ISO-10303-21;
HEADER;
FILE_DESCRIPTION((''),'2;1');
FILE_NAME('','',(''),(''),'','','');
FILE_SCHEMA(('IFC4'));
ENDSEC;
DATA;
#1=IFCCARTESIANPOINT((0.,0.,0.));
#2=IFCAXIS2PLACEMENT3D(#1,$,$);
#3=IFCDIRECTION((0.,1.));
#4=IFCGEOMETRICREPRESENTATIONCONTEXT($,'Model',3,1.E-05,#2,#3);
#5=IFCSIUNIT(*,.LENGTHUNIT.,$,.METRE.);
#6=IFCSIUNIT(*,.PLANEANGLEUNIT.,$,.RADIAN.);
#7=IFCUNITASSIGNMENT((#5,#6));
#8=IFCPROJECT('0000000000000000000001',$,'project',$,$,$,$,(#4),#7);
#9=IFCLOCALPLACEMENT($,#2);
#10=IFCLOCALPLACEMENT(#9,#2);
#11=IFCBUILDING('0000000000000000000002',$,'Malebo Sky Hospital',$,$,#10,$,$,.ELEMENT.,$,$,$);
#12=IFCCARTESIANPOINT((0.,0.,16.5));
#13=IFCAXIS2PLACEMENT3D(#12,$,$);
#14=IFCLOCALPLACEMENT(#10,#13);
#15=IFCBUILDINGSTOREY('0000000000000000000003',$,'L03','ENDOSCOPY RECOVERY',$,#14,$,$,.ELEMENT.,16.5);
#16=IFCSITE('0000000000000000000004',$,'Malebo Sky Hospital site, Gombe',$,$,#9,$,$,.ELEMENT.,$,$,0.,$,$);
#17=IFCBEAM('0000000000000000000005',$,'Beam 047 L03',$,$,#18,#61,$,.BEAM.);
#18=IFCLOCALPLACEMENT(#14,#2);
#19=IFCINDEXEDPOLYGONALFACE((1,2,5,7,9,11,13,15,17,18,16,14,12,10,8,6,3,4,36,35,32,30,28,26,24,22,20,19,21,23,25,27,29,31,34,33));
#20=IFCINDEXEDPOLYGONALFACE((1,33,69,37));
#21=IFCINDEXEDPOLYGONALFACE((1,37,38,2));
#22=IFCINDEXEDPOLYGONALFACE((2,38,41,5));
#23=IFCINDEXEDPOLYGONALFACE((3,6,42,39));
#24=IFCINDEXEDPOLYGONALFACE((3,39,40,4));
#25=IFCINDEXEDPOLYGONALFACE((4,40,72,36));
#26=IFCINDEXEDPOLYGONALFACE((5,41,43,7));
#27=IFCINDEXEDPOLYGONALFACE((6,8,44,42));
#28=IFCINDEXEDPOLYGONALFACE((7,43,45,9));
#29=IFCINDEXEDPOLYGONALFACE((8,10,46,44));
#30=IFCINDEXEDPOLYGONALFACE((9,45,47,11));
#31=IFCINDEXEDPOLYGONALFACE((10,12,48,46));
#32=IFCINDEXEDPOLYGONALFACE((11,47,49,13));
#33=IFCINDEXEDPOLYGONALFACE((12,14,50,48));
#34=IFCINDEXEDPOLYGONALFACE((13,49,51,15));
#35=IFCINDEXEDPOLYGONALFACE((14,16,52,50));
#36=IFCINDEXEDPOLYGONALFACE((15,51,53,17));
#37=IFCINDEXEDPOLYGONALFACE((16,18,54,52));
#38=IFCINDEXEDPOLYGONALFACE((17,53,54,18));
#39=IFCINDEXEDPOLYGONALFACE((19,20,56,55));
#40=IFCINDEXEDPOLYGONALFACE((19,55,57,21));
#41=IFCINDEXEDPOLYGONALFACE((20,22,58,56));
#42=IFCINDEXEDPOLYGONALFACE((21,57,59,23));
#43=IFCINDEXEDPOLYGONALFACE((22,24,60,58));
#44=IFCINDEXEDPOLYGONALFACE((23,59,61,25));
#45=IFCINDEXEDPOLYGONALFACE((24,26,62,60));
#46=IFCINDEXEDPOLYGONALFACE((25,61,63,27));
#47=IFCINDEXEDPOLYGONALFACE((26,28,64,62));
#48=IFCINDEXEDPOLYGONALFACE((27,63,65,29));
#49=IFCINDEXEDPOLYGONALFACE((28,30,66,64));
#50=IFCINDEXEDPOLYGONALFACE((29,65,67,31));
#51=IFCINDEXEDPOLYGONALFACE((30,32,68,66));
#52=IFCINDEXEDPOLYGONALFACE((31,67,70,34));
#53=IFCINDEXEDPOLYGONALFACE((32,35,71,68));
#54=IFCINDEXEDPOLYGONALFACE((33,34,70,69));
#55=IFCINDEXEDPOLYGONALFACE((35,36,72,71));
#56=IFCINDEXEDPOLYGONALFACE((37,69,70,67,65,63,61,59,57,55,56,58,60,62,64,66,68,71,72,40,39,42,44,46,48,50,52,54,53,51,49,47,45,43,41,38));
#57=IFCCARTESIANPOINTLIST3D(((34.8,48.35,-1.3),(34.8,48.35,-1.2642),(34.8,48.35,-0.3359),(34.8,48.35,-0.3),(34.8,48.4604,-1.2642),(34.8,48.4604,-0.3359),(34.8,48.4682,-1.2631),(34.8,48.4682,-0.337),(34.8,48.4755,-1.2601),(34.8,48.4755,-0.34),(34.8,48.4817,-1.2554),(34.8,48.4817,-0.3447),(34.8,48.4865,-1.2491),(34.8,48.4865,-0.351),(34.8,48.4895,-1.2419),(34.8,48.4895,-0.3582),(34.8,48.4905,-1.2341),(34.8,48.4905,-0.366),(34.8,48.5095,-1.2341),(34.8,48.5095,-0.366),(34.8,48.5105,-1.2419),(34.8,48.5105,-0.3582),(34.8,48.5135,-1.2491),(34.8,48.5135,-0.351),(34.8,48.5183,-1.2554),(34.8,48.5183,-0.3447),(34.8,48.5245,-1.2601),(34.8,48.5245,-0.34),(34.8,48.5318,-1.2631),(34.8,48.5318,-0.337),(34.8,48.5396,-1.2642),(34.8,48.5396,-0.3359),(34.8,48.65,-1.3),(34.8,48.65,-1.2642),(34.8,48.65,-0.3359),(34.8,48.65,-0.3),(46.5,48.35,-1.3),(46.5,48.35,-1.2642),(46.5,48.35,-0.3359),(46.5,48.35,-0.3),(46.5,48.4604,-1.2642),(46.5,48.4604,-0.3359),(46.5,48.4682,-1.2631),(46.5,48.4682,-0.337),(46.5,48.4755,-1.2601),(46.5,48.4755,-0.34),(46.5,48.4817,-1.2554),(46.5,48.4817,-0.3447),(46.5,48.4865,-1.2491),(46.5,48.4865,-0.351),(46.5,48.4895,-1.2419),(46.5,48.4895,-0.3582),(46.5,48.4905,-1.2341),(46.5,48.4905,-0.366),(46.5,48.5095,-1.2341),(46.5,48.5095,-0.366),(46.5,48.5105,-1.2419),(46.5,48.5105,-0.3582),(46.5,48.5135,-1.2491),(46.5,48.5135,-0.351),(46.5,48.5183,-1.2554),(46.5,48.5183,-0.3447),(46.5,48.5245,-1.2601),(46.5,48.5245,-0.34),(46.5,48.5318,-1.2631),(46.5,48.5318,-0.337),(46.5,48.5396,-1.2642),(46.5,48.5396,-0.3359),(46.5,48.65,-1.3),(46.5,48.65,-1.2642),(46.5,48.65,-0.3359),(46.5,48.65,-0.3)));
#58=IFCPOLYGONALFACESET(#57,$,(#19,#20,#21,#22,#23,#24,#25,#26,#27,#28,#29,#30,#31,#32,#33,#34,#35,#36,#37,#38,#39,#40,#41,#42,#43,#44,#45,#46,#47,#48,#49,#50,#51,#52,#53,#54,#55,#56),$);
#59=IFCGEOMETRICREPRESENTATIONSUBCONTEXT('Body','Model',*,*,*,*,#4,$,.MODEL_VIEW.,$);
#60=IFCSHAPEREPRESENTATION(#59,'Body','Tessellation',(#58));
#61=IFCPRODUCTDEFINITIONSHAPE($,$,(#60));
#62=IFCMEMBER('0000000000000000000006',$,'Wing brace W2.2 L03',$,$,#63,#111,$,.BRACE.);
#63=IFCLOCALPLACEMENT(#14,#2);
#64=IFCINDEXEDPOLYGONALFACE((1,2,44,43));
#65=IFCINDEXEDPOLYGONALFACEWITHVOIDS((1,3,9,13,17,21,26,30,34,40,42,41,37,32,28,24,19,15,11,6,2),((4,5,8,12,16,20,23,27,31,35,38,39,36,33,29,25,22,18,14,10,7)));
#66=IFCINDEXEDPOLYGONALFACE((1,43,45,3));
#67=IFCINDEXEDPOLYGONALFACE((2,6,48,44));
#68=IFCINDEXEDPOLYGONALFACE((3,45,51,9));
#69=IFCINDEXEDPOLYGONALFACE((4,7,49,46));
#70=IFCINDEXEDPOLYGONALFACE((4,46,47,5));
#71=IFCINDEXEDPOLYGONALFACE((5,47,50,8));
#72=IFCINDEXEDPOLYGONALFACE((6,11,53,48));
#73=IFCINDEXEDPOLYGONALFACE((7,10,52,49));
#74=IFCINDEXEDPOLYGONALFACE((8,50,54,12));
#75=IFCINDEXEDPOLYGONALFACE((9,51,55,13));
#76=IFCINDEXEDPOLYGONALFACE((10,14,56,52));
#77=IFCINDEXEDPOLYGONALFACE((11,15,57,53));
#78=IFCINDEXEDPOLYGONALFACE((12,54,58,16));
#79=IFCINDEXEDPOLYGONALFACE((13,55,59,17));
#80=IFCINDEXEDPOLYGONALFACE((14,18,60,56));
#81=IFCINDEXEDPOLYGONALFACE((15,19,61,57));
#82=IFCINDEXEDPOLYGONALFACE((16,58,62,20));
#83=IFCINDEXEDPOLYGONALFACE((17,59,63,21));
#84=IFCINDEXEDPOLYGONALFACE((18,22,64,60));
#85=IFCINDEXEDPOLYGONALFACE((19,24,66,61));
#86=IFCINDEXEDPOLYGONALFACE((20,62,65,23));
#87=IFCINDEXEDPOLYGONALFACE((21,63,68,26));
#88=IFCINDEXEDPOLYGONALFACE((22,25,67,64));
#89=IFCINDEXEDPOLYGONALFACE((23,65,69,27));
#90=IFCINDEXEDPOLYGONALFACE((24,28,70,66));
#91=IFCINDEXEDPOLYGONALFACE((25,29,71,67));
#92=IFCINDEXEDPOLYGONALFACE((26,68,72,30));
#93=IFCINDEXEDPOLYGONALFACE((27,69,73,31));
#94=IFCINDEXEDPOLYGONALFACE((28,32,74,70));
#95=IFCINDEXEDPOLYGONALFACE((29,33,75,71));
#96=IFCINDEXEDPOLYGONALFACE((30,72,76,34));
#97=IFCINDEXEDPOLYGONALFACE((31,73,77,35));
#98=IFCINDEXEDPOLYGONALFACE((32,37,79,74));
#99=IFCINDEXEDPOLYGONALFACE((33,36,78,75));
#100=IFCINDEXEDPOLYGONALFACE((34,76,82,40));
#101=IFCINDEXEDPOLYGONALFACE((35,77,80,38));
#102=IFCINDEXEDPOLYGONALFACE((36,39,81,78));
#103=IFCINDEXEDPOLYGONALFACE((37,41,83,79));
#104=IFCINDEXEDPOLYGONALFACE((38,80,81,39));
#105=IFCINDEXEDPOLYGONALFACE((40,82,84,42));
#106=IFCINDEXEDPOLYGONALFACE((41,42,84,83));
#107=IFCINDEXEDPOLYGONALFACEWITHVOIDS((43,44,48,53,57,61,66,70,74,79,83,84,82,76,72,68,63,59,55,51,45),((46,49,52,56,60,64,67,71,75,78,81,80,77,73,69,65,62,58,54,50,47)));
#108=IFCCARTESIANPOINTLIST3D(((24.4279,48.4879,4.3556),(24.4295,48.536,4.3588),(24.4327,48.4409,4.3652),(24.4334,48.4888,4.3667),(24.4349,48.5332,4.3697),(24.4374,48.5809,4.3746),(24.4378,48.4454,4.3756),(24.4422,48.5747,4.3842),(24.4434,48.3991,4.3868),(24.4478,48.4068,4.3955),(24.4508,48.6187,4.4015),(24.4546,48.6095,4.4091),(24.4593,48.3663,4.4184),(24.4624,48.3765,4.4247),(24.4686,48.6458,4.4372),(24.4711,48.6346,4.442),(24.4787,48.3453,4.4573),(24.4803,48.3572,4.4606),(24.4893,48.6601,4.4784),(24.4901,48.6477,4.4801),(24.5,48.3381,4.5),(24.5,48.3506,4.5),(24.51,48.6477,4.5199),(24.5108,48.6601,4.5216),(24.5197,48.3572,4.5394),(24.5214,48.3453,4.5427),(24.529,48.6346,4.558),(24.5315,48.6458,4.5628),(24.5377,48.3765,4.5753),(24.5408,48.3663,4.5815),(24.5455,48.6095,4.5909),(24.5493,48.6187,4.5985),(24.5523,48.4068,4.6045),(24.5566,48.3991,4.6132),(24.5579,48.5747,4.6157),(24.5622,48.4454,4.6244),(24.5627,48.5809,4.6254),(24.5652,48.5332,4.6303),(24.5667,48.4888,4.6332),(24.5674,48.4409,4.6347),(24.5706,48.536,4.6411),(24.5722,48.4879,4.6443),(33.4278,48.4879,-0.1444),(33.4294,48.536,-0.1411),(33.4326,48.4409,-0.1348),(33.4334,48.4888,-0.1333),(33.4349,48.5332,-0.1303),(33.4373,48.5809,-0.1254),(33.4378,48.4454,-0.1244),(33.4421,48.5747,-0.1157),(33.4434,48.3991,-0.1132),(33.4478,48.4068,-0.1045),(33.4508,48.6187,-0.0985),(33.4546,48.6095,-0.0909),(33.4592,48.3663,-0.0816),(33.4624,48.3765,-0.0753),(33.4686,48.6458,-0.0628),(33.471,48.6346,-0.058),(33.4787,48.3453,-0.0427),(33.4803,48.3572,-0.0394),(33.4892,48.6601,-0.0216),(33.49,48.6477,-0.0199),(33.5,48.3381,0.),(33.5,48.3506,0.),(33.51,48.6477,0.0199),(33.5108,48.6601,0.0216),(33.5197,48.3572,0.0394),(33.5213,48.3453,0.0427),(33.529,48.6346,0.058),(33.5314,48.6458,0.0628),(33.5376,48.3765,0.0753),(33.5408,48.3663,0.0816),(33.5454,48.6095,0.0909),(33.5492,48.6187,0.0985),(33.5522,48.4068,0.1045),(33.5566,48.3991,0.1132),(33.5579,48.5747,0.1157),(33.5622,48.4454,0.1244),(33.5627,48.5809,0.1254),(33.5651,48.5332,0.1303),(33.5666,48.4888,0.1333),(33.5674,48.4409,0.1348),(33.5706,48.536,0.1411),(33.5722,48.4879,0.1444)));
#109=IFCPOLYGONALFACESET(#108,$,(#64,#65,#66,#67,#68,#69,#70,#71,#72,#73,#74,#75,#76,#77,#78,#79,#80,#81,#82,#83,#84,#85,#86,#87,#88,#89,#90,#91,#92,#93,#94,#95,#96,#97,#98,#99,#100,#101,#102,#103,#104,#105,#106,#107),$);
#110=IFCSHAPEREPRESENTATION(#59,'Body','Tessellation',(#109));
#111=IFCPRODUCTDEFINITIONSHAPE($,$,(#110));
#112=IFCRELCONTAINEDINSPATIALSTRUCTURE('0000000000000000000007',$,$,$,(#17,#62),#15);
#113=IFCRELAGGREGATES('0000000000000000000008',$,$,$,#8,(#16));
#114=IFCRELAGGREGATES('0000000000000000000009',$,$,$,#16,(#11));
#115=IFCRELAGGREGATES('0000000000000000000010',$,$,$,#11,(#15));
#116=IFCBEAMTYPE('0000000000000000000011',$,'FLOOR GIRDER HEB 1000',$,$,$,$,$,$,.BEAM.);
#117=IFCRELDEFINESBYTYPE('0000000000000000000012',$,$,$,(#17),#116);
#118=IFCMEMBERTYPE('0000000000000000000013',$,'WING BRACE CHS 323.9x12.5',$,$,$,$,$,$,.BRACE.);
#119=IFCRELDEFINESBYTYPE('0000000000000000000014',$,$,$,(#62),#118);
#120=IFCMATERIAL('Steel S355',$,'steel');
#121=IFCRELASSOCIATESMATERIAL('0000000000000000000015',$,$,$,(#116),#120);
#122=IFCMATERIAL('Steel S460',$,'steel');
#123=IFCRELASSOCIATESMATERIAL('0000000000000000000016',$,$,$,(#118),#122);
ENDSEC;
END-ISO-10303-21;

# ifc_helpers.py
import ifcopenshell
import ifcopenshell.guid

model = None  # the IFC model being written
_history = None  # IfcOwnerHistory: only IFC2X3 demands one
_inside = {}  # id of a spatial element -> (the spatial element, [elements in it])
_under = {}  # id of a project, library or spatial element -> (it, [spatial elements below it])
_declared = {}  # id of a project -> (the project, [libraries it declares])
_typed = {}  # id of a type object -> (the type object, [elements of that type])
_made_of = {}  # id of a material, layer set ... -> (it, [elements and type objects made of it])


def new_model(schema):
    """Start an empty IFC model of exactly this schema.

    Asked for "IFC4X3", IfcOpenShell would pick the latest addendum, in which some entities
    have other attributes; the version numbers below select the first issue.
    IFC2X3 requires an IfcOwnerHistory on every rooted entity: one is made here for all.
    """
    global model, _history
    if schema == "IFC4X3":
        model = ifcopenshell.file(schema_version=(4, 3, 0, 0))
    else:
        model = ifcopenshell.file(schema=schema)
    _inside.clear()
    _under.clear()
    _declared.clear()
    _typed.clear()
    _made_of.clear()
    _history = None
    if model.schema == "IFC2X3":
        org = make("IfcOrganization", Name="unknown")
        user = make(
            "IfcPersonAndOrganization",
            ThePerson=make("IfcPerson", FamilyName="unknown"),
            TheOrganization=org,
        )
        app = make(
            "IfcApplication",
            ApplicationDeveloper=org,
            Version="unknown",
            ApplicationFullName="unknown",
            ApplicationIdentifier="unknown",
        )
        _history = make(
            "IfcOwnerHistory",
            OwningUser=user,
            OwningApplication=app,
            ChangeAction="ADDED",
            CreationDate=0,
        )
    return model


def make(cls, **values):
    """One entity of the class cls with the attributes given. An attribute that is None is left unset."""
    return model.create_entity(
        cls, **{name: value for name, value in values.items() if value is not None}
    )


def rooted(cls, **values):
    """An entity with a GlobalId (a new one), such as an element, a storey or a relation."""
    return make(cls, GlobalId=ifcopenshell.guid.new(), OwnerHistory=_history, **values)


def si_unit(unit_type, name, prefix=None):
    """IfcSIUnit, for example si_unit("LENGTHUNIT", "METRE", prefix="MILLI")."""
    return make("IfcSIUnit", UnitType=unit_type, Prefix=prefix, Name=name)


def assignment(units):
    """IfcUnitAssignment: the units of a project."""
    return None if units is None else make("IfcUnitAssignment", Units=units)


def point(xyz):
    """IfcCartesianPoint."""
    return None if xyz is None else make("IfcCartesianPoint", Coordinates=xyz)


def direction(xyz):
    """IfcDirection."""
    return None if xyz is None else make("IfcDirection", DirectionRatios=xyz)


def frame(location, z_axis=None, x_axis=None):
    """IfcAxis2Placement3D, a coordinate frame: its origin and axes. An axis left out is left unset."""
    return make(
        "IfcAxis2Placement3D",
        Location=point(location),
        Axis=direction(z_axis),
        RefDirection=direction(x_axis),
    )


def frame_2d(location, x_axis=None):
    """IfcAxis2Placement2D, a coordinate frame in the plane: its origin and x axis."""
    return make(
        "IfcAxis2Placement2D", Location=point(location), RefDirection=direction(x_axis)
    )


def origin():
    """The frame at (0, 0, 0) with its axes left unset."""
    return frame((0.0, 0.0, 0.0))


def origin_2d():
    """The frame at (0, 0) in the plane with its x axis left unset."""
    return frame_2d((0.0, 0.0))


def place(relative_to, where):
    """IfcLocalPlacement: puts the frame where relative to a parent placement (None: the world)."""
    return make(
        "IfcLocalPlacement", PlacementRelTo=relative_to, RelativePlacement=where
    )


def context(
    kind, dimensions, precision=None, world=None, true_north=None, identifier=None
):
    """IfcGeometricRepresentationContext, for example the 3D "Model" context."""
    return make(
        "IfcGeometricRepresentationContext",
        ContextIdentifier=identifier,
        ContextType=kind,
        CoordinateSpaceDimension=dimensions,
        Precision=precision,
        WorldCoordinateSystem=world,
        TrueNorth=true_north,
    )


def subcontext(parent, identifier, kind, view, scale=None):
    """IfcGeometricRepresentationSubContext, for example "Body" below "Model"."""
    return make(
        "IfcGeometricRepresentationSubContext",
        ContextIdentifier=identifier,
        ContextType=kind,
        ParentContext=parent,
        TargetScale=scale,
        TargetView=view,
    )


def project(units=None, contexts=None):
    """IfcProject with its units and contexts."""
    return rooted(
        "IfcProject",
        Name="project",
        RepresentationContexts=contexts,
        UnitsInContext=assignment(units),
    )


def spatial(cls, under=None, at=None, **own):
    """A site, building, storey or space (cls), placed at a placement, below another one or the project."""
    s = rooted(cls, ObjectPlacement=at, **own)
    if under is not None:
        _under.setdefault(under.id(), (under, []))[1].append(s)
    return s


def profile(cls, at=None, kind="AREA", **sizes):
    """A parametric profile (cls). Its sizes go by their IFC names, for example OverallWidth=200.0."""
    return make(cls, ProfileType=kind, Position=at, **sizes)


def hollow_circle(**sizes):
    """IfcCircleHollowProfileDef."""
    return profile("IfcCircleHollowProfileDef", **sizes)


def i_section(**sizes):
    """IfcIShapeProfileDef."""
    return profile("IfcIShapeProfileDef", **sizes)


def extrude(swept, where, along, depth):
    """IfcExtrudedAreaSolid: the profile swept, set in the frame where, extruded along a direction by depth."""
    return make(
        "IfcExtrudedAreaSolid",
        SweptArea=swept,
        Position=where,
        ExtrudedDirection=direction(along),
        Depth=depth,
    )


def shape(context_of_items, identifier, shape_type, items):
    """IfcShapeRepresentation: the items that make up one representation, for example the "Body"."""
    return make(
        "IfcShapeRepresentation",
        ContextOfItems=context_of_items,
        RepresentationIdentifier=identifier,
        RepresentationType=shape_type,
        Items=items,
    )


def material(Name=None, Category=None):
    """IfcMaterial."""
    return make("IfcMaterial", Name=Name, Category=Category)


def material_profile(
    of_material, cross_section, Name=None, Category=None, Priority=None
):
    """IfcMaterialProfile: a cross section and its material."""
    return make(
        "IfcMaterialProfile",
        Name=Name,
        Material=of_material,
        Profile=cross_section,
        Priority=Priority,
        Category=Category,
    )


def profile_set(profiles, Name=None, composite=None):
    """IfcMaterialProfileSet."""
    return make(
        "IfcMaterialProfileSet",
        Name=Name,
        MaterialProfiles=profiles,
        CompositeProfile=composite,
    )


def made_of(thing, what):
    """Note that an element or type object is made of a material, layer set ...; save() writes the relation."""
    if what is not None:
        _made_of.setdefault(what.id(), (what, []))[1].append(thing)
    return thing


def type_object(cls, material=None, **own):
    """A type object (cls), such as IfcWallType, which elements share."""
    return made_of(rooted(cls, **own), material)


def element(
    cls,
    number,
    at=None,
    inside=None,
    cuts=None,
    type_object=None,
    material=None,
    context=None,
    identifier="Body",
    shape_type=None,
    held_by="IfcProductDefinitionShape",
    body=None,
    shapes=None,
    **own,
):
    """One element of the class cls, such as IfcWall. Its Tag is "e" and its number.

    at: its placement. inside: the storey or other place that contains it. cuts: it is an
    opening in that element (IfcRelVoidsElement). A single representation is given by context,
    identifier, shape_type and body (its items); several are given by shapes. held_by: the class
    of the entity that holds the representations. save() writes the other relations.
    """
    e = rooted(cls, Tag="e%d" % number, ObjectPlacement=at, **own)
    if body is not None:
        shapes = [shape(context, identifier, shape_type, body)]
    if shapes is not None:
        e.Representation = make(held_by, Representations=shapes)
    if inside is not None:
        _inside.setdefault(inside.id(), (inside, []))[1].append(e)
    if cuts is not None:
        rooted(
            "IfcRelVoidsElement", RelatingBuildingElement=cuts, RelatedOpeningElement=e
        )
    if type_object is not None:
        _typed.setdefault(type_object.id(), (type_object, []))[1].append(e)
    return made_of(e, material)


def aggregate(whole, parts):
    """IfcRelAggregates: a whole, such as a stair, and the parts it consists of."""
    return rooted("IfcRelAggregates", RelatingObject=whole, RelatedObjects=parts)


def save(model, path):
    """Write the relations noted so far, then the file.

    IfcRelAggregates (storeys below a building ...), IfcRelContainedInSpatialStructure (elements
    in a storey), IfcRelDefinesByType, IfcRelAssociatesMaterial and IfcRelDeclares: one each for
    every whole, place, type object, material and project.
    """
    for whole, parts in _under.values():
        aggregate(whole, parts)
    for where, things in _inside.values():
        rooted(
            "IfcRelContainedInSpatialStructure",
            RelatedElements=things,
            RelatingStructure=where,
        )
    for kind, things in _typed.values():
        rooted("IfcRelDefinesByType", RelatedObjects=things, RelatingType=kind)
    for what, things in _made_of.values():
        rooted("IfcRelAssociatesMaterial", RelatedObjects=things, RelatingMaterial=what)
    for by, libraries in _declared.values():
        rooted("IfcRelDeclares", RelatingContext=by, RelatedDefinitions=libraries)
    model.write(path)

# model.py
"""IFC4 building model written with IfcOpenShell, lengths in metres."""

from ifc_helpers import new_model, si_unit, direction, frame, origin, origin_2d, place, context, subcontext, project, spatial, hollow_circle, i_section, extrude, material, material_profile, profile_set, type_object, element, save


model = new_model("IFC4")

# Units and contexts
model_context = context("Model", 3, precision=1e-05, world=origin(), true_north=direction((0.0, 1.0)))
body_context = subcontext(model_context, "Body", "Model", "MODEL_VIEW")
ifc_project = project(units=[si_unit("LENGTHUNIT", "METRE"), si_unit("PLANEANGLEUNIT", "RADIAN")], contexts=[model_context])

# Site, building, storey
site_placement = place(None, origin())
site = spatial("IfcSite", under=ifc_project, at=site_placement, Name="Malebo Sky Hospital site, Gombe", CompositionType="ELEMENT", RefElevation=0.0)
building_placement = place(site_placement, origin())
building = spatial("IfcBuilding", under=site, at=building_placement, Name="Malebo Sky Hospital", CompositionType="ELEMENT")
storey_placement = place(building_placement, frame((0.0, 0.0, 16.5)))
storey = spatial("IfcBuildingStorey", under=building, at=storey_placement, Name="L03", Description="ENDOSCOPY RECOVERY", CompositionType="ELEMENT", Elevation=16.5)

# Shared definitions
ifc_material_1 = material(Name="Steel S460", Category="steel")
ifc_material_2 = material(Name="Steel S355", Category="steel")

# Beam
ifc_material_profile_1 = material_profile(ifc_material_2, i_section(OverallWidth=0.3, OverallDepth=1.0, WebThickness=0.019, FlangeThickness=0.0359, FilletRadius=0.03, at=origin_2d()), Name="HEB 1000")
ifc_profile_set_1 = profile_set([ifc_material_profile_1], Name="Steel S355")
beam_type_1 = type_object("IfcBeamType", Name="FLOOR GIRDER HEB 1000", PredefinedType="BEAM", material=ifc_profile_set_1)
beam_1_placement = place(storey_placement, frame((34.8, 48.5, -0.8), z_axis=(1.0, 0.0, 0.0), x_axis=(0.0, 1.0, 0.0)))
element("IfcBeam", 1, at=beam_1_placement, inside=storey, type_object=beam_type_1, Name="Beam 047 L03", PredefinedType="BEAM", context=body_context, shape_type="SweptSolid", body=[
    extrude(i_section(OverallWidth=0.3, OverallDepth=1.0, WebThickness=0.019, FlangeThickness=0.0359, FilletRadius=0.03, at=origin_2d()), origin(), (0.0, 0.0, 1.0), 11.7),
])

# Member
ifc_material_profile_2 = material_profile(ifc_material_1, hollow_circle(Radius=0.1619, WallThickness=0.0125, at=origin_2d()), Name="CHS 323.9x12.5")
ifc_profile_set_2 = profile_set([ifc_material_profile_2], Name="Steel S460")
member_type = type_object("IfcMemberType", Name="WING BRACE CHS 323.9x12.5", PredefinedType="BRACE", material=ifc_profile_set_2)
member_placement = place(storey_placement, frame((33.5, 48.5, 0.0), z_axis=(-0.894427, 0.0, 0.447214), x_axis=(0.0, -1.0, 0.0)))
element("IfcMember", 2, at=member_placement, inside=storey, type_object=member_type, Name="Wing brace W2.2 L03", PredefinedType="BRACE", context=body_context, shape_type="SweptSolid", body=[
    extrude(hollow_circle(Radius=0.1619, WallThickness=0.0125, at=origin_2d()), origin(), (0.0, 0.0, 1.0), 10.0623),
])

save(model, "model.ifc")
